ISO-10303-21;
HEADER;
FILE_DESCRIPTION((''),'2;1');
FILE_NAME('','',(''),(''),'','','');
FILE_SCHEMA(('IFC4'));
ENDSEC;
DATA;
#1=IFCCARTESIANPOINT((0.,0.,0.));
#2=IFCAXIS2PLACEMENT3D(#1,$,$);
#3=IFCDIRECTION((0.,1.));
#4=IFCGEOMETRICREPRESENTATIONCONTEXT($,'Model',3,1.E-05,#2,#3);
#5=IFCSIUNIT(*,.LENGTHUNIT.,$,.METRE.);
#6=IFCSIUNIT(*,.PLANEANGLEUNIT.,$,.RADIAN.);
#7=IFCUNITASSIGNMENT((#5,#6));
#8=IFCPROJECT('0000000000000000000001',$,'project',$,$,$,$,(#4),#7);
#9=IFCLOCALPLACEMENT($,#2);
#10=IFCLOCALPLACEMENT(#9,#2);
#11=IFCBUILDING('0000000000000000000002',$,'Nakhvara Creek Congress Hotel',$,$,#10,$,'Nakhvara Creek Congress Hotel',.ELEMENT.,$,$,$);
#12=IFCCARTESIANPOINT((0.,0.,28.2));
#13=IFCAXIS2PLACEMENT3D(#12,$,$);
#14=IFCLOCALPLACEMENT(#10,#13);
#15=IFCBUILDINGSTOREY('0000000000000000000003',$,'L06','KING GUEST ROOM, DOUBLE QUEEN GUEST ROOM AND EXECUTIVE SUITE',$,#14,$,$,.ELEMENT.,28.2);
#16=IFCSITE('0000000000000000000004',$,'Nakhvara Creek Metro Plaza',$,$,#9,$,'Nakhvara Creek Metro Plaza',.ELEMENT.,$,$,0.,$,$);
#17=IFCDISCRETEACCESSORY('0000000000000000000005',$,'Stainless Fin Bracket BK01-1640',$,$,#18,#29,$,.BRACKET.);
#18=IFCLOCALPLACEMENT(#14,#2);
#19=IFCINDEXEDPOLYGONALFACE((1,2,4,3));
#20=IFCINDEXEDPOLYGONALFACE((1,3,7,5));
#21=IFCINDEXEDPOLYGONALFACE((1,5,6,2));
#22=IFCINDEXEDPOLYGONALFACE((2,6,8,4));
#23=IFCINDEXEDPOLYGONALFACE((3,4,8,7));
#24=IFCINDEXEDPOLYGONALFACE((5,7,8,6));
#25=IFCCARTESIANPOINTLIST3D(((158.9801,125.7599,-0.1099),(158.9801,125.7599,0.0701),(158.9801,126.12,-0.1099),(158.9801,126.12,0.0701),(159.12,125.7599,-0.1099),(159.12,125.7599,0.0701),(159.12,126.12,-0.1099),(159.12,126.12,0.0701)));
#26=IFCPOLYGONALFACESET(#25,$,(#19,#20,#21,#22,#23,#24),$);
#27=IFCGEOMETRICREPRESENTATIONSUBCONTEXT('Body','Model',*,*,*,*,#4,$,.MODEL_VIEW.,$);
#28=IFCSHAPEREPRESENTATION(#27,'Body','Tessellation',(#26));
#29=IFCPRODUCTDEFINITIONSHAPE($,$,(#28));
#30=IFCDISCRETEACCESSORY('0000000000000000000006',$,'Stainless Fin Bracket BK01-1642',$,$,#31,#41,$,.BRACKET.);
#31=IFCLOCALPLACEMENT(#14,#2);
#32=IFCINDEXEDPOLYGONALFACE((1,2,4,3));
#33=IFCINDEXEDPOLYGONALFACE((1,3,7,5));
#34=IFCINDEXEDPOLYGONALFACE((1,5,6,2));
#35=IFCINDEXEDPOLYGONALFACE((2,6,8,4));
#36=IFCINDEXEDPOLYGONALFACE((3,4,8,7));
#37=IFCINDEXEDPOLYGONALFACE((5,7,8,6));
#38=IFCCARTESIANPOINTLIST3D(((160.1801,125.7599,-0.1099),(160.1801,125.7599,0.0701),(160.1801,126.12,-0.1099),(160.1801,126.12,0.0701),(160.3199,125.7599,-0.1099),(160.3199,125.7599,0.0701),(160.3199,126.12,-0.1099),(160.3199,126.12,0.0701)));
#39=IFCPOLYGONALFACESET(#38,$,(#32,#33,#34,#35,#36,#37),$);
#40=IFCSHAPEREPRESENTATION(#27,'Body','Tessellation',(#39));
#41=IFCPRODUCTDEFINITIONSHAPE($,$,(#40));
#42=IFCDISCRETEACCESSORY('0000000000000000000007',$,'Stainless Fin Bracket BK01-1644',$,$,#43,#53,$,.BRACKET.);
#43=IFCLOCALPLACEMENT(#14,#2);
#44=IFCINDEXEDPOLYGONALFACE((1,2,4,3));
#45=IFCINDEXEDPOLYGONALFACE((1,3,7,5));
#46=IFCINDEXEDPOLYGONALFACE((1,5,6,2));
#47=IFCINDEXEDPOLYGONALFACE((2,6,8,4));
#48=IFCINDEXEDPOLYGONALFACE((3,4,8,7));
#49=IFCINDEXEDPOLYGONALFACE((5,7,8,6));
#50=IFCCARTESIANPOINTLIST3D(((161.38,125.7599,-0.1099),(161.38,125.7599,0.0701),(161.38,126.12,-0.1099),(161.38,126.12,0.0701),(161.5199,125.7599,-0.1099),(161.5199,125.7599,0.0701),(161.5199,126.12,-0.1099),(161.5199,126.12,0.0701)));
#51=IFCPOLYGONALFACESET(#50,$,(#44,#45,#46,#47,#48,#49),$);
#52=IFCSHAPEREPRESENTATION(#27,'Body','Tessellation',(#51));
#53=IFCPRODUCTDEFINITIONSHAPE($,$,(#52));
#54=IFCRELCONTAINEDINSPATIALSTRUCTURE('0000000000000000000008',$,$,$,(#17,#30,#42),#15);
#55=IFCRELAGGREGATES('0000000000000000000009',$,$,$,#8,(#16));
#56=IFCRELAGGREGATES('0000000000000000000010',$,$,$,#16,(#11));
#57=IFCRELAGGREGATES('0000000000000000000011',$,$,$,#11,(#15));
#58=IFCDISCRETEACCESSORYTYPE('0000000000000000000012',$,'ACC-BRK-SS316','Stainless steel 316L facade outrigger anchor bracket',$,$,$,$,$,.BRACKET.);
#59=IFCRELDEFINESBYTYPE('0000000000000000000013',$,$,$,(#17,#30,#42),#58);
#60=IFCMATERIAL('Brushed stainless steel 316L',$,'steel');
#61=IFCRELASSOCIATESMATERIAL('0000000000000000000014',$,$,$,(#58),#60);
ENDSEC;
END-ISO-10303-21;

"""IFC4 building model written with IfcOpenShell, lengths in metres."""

from ifc_helpers import new_model, si_unit, direction, frame, origin, origin_2d, place, context, subcontext, project, spatial, rectangle, extrude, material, type_object, element, save


model = new_model("IFC4")

# Units and contexts
model_context = context("Model", 3, precision=1e-05, world=origin(), true_north=direction((0.0, 1.0)))
body_context = subcontext(model_context, "Body", "Model", "MODEL_VIEW")
ifc_project = project(units=[si_unit("LENGTHUNIT", "METRE"), si_unit("PLANEANGLEUNIT", "RADIAN")], contexts=[model_context])

# Site, building, storey
site_placement = place(None, origin())
site = spatial("IfcSite", under=ifc_project, at=site_placement, Name="Nakhvara Creek Metro Plaza", LongName="Nakhvara Creek Metro Plaza", CompositionType="ELEMENT", RefElevation=0.0)
building_placement = place(site_placement, origin())
building = spatial("IfcBuilding", under=site, at=building_placement, Name="Nakhvara Creek Congress Hotel", LongName="Nakhvara Creek Congress Hotel", CompositionType="ELEMENT")
storey_placement = place(building_placement, frame((0.0, 0.0, 28.2)))
storey = spatial("IfcBuildingStorey", under=building, at=storey_placement, Name="L06", Description="KING GUEST ROOM, DOUBLE QUEEN GUEST ROOM AND EXECUTIVE SUITE", CompositionType="ELEMENT", Elevation=28.2)

# Discrete accessories
ifc_material_1 = material(Name="Brushed stainless steel 316L", Category="steel")
discrete_accessory_type = type_object("IfcDiscreteAccessoryType", Name="ACC-BRK-SS316", Description="Stainless steel 316L facade outrigger anchor bracket", PredefinedType="BRACKET", material=ifc_material_1)
for number, where, z_axis, x_axis, name in (
    (1, (159.05, 125.9399, -0.1099), (0.0, 0.0, 1.0), (1.0, 0.0, 0.0), "Stainless Fin Bracket BK01-1640"),
    (2, (160.25, 125.9399, -0.1099), (0.0, 0.0, 1.0), (1.0, 0.0, 0.0), "Stainless Fin Bracket BK01-1642"),
    (3, (161.45, 125.9399, -0.1099), (0.0, 0.0, 1.0), (1.0, 0.0, 0.0), "Stainless Fin Bracket BK01-1644"),
):
    element("IfcDiscreteAccessory", number, at=place(storey_placement, frame(where, z_axis=z_axis, x_axis=x_axis)), inside=storey, type_object=discrete_accessory_type, Name=name, PredefinedType="BRACKET", context=body_context, shape_type="SweptSolid", body=[
        extrude(rectangle(XDim=0.1399, YDim=0.3601, at=origin_2d()), origin(), (0.0, 0.0, 1.0), 0.1799),
    ])

save(model, "model.ifc")
